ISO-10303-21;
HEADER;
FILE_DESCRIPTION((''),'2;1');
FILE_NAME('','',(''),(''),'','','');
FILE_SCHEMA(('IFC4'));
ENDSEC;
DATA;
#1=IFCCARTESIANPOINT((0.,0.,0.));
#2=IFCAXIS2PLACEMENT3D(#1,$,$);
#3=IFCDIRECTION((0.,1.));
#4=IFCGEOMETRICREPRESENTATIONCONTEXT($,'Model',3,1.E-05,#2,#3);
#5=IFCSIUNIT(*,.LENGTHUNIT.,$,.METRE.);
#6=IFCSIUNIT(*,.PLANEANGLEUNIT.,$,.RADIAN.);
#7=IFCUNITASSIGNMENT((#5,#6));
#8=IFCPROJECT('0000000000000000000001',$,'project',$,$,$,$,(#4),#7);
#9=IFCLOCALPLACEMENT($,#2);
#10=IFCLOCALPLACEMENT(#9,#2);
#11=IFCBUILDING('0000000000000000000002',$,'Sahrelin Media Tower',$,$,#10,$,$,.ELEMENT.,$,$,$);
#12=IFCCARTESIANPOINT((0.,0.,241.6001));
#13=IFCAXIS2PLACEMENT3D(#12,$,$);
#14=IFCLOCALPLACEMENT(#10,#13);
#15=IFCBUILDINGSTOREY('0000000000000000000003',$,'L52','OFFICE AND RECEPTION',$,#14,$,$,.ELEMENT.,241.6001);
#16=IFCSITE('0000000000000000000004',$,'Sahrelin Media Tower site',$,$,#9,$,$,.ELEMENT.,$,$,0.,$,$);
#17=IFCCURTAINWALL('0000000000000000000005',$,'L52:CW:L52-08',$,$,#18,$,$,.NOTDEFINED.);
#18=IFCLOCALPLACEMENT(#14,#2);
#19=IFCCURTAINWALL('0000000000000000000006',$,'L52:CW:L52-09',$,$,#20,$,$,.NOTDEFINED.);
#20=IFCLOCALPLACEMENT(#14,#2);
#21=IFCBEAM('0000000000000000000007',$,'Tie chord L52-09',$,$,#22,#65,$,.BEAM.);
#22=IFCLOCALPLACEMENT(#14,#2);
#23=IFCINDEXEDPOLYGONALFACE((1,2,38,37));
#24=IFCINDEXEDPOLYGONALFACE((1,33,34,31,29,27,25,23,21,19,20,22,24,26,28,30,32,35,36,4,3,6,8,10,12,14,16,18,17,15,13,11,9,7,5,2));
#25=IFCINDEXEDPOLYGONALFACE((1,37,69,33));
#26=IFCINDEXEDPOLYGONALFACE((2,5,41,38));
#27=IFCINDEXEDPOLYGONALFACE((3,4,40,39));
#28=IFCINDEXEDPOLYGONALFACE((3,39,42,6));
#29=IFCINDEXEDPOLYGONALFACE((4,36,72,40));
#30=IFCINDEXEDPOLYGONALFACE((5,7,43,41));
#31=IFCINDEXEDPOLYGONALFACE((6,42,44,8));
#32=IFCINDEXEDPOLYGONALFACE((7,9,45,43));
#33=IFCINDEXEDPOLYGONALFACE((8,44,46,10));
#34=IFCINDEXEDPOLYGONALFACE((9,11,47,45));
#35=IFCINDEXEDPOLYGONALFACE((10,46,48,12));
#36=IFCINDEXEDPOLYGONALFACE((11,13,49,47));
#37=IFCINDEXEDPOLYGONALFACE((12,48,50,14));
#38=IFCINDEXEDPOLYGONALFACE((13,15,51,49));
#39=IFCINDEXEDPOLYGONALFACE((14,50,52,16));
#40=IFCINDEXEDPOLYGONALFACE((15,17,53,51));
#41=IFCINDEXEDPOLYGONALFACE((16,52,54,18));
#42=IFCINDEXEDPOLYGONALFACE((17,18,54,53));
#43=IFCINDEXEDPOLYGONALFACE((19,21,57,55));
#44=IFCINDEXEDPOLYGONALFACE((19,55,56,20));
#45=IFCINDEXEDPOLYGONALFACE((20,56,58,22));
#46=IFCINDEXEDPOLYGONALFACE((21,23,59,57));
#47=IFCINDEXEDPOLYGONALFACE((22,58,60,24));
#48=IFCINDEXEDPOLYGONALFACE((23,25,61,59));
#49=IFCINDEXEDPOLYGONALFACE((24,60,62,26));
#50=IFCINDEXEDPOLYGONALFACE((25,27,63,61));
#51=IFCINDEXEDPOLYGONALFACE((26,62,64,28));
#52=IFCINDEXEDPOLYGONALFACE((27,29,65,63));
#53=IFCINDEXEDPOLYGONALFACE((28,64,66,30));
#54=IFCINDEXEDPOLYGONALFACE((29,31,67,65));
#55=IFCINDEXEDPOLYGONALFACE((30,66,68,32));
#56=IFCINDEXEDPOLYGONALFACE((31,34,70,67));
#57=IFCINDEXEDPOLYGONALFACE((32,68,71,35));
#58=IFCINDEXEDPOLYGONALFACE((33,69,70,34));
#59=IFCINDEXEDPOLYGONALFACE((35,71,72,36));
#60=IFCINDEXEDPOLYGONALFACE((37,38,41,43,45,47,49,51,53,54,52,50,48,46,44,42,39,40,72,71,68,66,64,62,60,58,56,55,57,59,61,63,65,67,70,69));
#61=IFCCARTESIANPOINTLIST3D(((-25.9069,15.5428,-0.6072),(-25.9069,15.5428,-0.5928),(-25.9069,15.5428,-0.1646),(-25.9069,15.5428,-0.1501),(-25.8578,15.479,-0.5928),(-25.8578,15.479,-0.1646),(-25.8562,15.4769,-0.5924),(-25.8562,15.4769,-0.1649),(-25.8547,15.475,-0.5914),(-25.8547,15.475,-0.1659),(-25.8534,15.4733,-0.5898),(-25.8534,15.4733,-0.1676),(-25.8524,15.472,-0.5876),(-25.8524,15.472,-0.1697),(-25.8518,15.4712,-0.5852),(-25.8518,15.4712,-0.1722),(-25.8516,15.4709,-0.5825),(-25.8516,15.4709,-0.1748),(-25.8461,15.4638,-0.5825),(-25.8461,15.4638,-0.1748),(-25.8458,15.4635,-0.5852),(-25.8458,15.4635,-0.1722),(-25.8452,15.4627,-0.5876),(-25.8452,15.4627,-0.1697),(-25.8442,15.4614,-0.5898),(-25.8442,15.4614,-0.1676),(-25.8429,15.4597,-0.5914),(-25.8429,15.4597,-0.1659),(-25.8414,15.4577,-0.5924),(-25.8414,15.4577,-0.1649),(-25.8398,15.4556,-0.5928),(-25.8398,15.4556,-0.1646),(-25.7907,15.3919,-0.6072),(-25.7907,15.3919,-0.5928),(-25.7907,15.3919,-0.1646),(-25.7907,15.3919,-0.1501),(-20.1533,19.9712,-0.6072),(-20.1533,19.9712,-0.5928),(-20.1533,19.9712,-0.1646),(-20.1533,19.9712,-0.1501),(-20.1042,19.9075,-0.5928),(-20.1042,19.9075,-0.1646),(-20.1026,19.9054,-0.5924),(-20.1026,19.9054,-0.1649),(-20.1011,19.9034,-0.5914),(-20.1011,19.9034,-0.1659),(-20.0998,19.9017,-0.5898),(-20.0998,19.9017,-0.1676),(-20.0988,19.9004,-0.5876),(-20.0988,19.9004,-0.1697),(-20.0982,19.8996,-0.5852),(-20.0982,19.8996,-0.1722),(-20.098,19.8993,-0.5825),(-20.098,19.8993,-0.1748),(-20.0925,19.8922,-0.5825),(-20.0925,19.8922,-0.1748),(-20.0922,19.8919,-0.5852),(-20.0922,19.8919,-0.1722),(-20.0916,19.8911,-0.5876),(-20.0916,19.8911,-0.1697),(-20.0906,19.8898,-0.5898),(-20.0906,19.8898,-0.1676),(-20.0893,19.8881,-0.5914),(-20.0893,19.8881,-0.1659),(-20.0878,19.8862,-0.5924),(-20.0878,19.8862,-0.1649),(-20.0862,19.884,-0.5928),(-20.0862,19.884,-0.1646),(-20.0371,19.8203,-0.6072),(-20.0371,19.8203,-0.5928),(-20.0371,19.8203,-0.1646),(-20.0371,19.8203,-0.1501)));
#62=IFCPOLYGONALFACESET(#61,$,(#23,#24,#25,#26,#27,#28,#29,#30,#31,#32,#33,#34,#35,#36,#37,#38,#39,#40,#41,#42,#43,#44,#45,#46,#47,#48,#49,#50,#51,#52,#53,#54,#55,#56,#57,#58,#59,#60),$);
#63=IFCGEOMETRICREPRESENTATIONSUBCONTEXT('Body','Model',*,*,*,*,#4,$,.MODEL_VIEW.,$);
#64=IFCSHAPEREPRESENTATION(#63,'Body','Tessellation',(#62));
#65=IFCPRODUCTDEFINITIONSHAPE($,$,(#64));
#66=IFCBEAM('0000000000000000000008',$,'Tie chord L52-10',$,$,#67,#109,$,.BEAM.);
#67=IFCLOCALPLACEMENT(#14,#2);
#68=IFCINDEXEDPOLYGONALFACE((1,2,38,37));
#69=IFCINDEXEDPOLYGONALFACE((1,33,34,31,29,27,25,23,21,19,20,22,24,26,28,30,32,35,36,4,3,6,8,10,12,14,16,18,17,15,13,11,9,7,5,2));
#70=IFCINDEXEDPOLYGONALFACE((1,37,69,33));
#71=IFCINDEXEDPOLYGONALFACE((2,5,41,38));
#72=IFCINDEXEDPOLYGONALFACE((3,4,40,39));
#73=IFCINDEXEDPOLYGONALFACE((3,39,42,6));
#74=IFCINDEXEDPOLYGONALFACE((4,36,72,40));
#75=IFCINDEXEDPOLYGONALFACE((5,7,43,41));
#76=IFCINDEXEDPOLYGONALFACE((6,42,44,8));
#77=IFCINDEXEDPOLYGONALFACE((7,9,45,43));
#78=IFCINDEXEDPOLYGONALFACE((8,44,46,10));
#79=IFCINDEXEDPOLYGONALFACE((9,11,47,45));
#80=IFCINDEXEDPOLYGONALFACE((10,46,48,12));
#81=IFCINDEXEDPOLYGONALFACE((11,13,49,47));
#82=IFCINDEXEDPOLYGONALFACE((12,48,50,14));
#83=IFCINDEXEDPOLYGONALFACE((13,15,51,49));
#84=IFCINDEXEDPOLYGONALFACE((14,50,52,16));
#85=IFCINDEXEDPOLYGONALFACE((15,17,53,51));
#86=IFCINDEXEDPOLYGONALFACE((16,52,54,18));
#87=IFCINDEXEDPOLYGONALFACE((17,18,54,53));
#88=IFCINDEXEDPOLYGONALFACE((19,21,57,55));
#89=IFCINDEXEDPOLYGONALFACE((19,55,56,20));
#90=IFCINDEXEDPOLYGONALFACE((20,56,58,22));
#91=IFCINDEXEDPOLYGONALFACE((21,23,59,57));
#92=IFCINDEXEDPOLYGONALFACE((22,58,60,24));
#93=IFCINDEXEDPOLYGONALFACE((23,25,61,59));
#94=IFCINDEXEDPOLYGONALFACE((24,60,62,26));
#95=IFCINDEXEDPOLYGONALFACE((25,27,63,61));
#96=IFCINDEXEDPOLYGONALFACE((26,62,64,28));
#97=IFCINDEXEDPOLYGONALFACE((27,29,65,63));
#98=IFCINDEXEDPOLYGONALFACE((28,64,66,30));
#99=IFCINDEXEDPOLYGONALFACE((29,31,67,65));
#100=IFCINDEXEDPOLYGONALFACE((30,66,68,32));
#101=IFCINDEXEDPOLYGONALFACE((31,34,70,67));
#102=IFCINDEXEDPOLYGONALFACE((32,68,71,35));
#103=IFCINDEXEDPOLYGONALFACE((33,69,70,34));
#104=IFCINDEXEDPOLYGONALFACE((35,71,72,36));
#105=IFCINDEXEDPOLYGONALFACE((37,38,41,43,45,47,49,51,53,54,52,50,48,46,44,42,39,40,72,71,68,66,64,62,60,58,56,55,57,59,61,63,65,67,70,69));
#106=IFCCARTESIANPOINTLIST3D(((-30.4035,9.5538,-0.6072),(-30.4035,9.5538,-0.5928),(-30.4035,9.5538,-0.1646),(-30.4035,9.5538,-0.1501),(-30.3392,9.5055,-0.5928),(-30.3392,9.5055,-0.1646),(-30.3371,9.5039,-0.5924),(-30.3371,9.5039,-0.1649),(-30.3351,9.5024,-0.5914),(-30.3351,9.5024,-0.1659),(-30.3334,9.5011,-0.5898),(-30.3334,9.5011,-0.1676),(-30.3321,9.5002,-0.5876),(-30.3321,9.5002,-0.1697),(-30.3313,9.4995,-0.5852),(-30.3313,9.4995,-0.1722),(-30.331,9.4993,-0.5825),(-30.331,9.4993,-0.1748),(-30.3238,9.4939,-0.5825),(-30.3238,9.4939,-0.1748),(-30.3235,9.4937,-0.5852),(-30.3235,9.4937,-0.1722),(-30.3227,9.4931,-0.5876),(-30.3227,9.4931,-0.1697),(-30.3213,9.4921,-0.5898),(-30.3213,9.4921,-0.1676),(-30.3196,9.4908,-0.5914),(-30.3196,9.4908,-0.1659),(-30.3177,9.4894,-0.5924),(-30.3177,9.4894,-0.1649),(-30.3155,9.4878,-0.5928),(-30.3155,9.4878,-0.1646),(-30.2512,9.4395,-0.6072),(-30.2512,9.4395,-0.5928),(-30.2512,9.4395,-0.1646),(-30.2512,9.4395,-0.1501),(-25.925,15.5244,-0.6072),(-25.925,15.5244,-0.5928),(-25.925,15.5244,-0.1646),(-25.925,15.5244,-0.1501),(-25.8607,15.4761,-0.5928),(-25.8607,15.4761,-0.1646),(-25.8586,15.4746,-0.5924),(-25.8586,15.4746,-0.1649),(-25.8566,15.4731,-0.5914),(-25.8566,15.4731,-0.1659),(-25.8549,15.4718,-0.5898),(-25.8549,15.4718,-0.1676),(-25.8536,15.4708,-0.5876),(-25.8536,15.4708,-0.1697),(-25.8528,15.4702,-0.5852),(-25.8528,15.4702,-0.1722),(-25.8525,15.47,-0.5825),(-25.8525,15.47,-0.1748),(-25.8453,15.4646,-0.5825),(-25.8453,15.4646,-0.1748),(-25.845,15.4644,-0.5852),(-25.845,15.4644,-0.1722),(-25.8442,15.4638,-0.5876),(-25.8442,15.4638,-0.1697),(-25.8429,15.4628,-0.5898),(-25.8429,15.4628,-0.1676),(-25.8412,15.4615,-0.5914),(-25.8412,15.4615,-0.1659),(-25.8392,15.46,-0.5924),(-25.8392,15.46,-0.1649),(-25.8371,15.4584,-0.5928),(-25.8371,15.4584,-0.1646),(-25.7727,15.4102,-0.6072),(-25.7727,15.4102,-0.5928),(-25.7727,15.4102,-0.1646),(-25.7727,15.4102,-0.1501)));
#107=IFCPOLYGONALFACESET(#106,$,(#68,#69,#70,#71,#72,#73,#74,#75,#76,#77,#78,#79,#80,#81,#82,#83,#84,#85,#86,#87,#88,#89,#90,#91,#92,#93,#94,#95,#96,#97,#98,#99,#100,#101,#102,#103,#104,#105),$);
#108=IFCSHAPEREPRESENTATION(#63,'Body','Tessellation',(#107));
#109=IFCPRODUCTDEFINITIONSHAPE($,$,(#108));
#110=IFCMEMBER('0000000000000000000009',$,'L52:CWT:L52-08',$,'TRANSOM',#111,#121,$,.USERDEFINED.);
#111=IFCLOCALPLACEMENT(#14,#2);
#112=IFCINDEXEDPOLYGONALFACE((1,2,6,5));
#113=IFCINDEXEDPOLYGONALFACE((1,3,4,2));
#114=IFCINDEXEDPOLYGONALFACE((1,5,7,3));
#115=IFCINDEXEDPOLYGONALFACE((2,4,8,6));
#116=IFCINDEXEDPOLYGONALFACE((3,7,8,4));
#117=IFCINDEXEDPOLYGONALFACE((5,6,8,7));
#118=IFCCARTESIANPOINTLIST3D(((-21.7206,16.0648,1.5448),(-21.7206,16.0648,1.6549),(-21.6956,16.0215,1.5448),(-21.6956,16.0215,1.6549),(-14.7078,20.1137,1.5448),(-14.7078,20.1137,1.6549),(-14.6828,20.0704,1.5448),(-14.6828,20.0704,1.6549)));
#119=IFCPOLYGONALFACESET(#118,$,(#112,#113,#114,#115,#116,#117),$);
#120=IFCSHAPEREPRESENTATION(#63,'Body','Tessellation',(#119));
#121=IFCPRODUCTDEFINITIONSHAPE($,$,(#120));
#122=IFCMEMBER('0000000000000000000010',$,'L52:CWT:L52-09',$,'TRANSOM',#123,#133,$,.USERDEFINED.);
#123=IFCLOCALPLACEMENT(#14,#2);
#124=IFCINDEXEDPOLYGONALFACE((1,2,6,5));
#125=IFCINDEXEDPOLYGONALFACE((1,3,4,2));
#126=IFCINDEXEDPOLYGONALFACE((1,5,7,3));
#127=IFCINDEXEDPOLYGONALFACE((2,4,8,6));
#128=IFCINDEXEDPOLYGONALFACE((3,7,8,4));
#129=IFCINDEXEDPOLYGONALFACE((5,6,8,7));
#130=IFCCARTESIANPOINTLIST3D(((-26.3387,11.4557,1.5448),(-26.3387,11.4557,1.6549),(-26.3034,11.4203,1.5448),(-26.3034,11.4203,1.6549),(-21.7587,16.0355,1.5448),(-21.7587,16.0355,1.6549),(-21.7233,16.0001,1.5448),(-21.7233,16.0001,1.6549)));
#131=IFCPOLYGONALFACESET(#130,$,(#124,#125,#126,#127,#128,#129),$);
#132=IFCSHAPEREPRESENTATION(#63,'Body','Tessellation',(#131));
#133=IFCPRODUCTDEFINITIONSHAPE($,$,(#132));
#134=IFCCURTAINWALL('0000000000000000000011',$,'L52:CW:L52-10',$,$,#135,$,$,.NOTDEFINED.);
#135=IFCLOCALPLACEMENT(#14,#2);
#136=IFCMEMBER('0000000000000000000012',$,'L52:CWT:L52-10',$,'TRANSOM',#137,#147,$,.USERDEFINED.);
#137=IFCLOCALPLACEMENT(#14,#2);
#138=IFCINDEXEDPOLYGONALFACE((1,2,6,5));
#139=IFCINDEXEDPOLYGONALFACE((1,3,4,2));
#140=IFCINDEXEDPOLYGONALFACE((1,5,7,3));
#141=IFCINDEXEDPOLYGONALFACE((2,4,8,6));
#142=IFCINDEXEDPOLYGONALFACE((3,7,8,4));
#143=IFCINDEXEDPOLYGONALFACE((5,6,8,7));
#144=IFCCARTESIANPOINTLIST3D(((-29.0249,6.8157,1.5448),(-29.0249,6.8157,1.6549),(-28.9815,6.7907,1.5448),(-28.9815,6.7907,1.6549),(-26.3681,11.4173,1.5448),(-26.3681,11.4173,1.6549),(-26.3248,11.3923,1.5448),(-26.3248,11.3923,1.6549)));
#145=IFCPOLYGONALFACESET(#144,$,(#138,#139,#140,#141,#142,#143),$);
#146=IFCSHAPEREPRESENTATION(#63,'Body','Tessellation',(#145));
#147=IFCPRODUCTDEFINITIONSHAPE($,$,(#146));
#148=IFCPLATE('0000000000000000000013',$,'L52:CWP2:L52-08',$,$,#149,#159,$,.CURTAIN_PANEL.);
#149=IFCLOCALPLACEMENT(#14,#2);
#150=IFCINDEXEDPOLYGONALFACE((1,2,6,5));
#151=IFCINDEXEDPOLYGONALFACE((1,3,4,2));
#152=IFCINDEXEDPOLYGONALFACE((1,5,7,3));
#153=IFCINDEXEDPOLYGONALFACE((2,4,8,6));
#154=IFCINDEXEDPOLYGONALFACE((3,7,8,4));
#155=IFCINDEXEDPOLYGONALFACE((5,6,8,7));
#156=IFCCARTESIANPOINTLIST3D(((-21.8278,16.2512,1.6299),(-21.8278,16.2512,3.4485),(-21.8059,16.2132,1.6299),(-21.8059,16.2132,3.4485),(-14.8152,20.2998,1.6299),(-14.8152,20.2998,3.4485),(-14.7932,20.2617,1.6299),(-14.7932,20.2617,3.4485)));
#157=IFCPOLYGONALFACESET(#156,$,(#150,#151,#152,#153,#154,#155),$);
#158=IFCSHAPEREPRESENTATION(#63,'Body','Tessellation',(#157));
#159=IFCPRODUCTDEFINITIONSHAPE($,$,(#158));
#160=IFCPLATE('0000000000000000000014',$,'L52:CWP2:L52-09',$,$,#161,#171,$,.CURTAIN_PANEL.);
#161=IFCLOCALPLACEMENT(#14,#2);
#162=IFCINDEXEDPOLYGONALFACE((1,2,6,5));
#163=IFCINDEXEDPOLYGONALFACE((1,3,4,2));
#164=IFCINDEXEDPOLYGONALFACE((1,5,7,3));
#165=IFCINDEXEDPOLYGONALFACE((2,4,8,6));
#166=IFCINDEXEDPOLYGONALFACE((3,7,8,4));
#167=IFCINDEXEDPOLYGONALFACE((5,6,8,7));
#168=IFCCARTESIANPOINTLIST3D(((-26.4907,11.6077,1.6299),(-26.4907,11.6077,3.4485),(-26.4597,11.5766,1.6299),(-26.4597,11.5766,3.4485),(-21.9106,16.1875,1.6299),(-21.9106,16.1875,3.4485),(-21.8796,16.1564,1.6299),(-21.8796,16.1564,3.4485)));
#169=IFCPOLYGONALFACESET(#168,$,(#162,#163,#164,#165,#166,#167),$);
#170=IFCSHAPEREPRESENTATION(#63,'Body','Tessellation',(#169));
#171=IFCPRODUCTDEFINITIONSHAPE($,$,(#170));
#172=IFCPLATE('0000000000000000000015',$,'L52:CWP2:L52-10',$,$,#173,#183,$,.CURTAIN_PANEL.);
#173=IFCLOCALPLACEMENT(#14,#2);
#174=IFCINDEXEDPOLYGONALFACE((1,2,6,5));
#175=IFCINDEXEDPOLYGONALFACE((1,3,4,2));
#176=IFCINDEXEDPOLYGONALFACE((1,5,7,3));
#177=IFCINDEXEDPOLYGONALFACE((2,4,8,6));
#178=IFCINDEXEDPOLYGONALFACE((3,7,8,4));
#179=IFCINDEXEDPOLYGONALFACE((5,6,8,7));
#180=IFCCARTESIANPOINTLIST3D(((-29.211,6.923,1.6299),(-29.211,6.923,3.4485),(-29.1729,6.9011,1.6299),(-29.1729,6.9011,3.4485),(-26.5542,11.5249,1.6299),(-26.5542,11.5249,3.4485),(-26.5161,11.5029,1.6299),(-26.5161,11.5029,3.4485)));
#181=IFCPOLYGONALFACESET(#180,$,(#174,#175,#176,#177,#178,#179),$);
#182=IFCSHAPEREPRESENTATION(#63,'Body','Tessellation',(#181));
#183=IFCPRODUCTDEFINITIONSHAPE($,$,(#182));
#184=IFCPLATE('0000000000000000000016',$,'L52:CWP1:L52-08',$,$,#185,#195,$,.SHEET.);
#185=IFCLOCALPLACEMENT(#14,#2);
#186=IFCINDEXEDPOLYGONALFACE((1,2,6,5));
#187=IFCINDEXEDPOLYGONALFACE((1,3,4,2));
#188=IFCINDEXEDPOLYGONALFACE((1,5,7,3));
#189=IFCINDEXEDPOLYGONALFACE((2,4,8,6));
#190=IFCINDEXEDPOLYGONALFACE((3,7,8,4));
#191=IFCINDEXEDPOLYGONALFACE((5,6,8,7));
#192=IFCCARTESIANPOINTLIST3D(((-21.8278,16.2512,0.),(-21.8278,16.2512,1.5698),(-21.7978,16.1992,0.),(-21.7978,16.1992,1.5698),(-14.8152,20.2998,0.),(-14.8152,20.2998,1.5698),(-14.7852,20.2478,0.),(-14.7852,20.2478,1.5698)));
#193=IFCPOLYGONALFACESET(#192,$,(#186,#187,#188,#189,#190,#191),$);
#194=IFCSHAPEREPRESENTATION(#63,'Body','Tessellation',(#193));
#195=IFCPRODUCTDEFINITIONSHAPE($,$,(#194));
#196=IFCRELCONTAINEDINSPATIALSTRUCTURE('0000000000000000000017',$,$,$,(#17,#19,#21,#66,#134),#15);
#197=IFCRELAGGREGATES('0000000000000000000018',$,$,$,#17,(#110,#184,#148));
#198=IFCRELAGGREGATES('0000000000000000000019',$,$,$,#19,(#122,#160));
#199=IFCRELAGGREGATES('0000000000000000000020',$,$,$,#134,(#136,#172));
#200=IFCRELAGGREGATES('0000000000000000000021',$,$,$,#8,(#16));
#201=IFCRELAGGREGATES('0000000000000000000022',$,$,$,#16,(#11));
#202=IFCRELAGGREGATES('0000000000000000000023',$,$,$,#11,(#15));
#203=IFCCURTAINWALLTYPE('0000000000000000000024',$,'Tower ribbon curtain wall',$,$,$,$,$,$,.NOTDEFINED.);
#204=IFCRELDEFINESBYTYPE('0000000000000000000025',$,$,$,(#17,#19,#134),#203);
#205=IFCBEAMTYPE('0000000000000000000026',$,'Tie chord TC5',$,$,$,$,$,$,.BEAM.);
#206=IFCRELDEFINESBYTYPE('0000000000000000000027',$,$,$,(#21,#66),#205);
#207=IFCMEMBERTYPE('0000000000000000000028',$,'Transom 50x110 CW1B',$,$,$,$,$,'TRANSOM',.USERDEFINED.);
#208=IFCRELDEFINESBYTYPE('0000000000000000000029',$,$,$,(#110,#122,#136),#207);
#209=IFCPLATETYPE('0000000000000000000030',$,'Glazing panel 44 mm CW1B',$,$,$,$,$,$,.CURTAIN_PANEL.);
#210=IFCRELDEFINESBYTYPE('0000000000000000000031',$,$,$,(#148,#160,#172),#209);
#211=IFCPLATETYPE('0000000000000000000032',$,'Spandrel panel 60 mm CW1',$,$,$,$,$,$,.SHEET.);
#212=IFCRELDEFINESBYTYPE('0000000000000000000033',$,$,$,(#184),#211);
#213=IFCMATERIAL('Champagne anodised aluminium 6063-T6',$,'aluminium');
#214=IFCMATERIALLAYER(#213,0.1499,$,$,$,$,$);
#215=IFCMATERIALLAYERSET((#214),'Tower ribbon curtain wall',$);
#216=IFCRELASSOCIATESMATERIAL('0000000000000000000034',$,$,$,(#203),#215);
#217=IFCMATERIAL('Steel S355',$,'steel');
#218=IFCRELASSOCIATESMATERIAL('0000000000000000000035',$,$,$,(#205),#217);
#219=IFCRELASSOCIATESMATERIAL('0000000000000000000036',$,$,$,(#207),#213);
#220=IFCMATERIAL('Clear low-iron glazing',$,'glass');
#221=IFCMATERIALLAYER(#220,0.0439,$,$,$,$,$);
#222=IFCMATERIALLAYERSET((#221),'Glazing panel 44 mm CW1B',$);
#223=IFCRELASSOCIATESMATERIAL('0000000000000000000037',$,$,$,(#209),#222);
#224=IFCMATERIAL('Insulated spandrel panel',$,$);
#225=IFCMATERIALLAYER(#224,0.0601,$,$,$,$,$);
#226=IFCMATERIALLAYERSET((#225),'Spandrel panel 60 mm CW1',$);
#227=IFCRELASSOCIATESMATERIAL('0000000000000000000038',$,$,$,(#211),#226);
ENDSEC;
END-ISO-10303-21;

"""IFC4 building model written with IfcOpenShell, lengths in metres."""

from ifc_helpers import new_model, si_unit, direction, frame, origin, origin_2d, place, context, subcontext, project, spatial, polyline, rectangle, i_section, outline, extrude, material, layer, layer_set, material_profile, profile_set, type_object, element, aggregate, save


model = new_model("IFC4")

# Units and contexts
model_context = context("Model", 3, precision=1e-05, world=origin(), true_north=direction((0.0, 1.0)))
body_context = subcontext(model_context, "Body", "Model", "MODEL_VIEW")
ifc_project = project(units=[si_unit("LENGTHUNIT", "METRE"), si_unit("PLANEANGLEUNIT", "RADIAN")], contexts=[model_context])

# Site, building, storey
site_placement = place(None, origin())
site = spatial("IfcSite", under=ifc_project, at=site_placement, Name="Sahrelin Media Tower site", CompositionType="ELEMENT", RefElevation=0.0)
building_placement = place(site_placement, origin())
building = spatial("IfcBuilding", under=site, at=building_placement, Name="Sahrelin Media Tower", CompositionType="ELEMENT")
storey_placement = place(building_placement, frame((0.0, 0.0, 241.6001)))
storey = spatial("IfcBuildingStorey", under=building, at=storey_placement, Name="L52", Description="OFFICE AND RECEPTION", CompositionType="ELEMENT", Elevation=241.6001)

# Shared definitions
ifc_material_1 = material(Name="Steel S355", Category="steel")

# Curtain walls
ifc_material_2 = material(Name="Champagne anodised aluminium 6063-T6", Category="aluminium")
ifc_layer_1 = layer(ifc_material_2, 0.1499)
ifc_layer_set_1 = layer_set([ifc_layer_1], Name="Tower ribbon curtain wall")
curtain_wall_type = type_object("IfcCurtainWallType", Name="Tower ribbon curtain wall", PredefinedType="NOTDEFINED", material=ifc_layer_set_1)
curtain_wall_1_placement = place(storey_placement, frame((-18.3115, 18.2581, 0.0), z_axis=(0.0, 0.0, 1.0), x_axis=(1.0, 0.0, 0.0)))
curtain_wall_1 = element("IfcCurtainWall", 1, at=curtain_wall_1_placement, inside=storey, type_object=curtain_wall_type, Name="L52:CW:L52-08", PredefinedType="NOTDEFINED")
curtain_wall_2_placement = place(storey_placement, frame((-24.1865, 13.8833, 0.0), z_axis=(0.0, 0.0, 1.0), x_axis=(1.0, 0.0, 0.0)))
curtain_wall_2 = element("IfcCurtainWall", 2, at=curtain_wall_2_placement, inside=storey, type_object=curtain_wall_type, Name="L52:CW:L52-09", PredefinedType="NOTDEFINED")

# Beams
ifc_material_profile_1 = material_profile(ifc_material_1, i_section(OverallWidth=0.1904, OverallDepth=0.457, WebThickness=0.009, FlangeThickness=0.0144, FilletRadius=0.0103, at=origin_2d()), Name="UB 457x191x74")
ifc_profile_set_1 = profile_set([ifc_material_profile_1], Name="Steel S355")
beam_type_1 = type_object("IfcBeamType", Name="Tie chord TC5", PredefinedType="BEAM", material=ifc_profile_set_1)
beam_1_placement = place(storey_placement, frame((-20.0952, 19.8958, -0.3787), z_axis=(-0.792453, -0.609933, 0.0), x_axis=(0.609933, -0.792453, 0.0)))
element("IfcBeam", 3, at=beam_1_placement, inside=storey, type_object=beam_type_1, Name="Tie chord L52-09", PredefinedType="BEAM", context=body_context, shape_type="SweptSolid", body=[
    extrude(i_section(OverallWidth=0.1904, OverallDepth=0.457, WebThickness=0.009, FlangeThickness=0.0144, FilletRadius=0.0103, at=origin_2d()), origin(), (0.0, 0.0, 1.0), 7.2605),
])
beam_2_placement = place(storey_placement, frame((-25.8489, 15.4673, -0.3787), z_axis=(-0.600042, -0.799969, 0.0), x_axis=(0.799969, -0.600042, 0.0)))
element("IfcBeam", 4, at=beam_2_placement, inside=storey, type_object=beam_type_1, Name="Tie chord L52-10", PredefinedType="BEAM", context=body_context, shape_type="SweptSolid", body=[
    extrude(i_section(OverallWidth=0.1904, OverallDepth=0.457, WebThickness=0.009, FlangeThickness=0.0144, FilletRadius=0.0103, at=origin_2d()), origin(), (0.0, 0.0, 1.0), 7.4636),
])

# Members
ifc_material_profile_2 = material_profile(ifc_material_2, rectangle(XDim=0.05, YDim=0.1101, at=origin_2d()), Name="Transom 50x110")
ifc_profile_set_2 = profile_set([ifc_material_profile_2], Name="Champagne anodised aluminium 6063-T6")
member_type_1 = type_object("IfcMemberType", Name="Transom 50x110 CW1B", ElementType="TRANSOM", PredefinedType="USERDEFINED", material=ifc_profile_set_2)
member_1_placement = place(storey_placement, frame((-14.6953, 20.092, 1.5999), z_axis=(-0.866023, -0.500004, 0.0), x_axis=(0.500004, -0.866023, 0.0)))
member_1 = element("IfcMember", 5, at=member_1_placement, type_object=member_type_1, Name="L52:CWT:L52-08", ObjectType="TRANSOM", PredefinedType="USERDEFINED", context=body_context, shape_type="SweptSolid", body=[
    extrude(rectangle(XDim=0.05, YDim=0.1101, at=origin_2d()), origin(), (0.0, 0.0, 1.0), 8.0977),
])
member_2_placement = place(storey_placement, frame((-21.741, 16.0178, 1.5999), z_axis=(-0.707126, -0.707088, 0.0), x_axis=(0.707088, -0.707126, 0.0)))
member_2 = element("IfcMember", 6, at=member_2_placement, type_object=member_type_1, Name="L52:CWT:L52-09", ObjectType="TRANSOM", PredefinedType="USERDEFINED", context=body_context, shape_type="SweptSolid", body=[
    extrude(rectangle(XDim=0.05, YDim=0.1101, at=origin_2d()), origin(), (0.0, 0.0, 1.0), 6.4771),
])

# Curtain wall, member
curtain_wall_3_placement = place(storey_placement, frame((-27.8652, 9.2141, 0.0), z_axis=(0.0, 0.0, 1.0), x_axis=(1.0, 0.0, 0.0)))
curtain_wall_3 = element("IfcCurtainWall", 7, at=curtain_wall_3_placement, inside=storey, type_object=curtain_wall_type, Name="L52:CW:L52-10", PredefinedType="NOTDEFINED")
member_3_placement = place(storey_placement, frame((-26.3464, 11.4048, 1.5999), z_axis=(-0.500004, -0.866023, 0.0), x_axis=(0.866023, -0.500004, 0.0)))
member_3 = element("IfcMember", 8, at=member_3_placement, type_object=member_type_1, Name="L52:CWT:L52-10", ObjectType="TRANSOM", PredefinedType="USERDEFINED", context=body_context, shape_type="SweptSolid", body=[
    extrude(rectangle(XDim=0.05, YDim=0.1101, at=origin_2d()), origin(), (0.0, 0.0, 1.0), 5.3135),
])

# Plates
ifc_material_3 = material(Name="Clear low-iron glazing", Category="glass")
ifc_layer_2 = layer(ifc_material_3, 0.0439)
ifc_layer_set_2 = layer_set([ifc_layer_2], Name="Glazing panel 44 mm CW1B")
plate_type_1 = type_object("IfcPlateType", Name="Glazing panel 44 mm CW1B", PredefinedType="CURTAIN_PANEL", material=ifc_layer_set_2)
plate_1_placement = place(storey_placement, frame((-14.8152, 20.2998, 1.6299), z_axis=(-0.499982, 0.866036, 0.0), x_axis=(-0.866036, -0.499982, 0.0)))
plate_1 = element("IfcPlate", 9, at=plate_1_placement, type_object=plate_type_1, Name="L52:CWP2:L52-08", PredefinedType="CURTAIN_PANEL", context=body_context, shape_type="SweptSolid", body=[
    extrude(outline(polyline([(0.0, 0.0), (8.0974, 0.0), (8.0974, 1.8186), (0.0, 1.8186), (0.0, 0.0)])), origin(), (0.0, 0.0, -1.0), 0.0439),
])
plate_2_placement = place(storey_placement, frame((-21.9106, 16.1875, 1.6299), z_axis=(-0.707088, 0.707126, 0.0), x_axis=(-0.707126, -0.707088, 0.0)))
plate_2 = element("IfcPlate", 10, at=plate_2_placement, type_object=plate_type_1, Name="L52:CWP2:L52-09", PredefinedType="CURTAIN_PANEL", context=body_context, shape_type="SweptSolid", body=[
    extrude(outline(polyline([(0.0, 0.0), (6.4771, 0.0), (6.4771, 1.8186), (0.0, 1.8186), (0.0, 0.0)])), origin(), (0.0, 0.0, -1.0), 0.0439),
])
plate_3_placement = place(storey_placement, frame((-26.5542, 11.5249, 1.6299), z_axis=(-0.866035, 0.499984, 0.0), x_axis=(-0.499984, -0.866035, 0.0)))
plate_3 = element("IfcPlate", 11, at=plate_3_placement, type_object=plate_type_1, Name="L52:CWP2:L52-10", PredefinedType="CURTAIN_PANEL", context=body_context, shape_type="SweptSolid", body=[
    extrude(outline(polyline([(0.0, 0.0), (5.3137, 0.0), (5.3137, 1.8186), (0.0, 1.8186), (0.0, 0.0)])), origin(), (0.0, 0.0, -1.0), 0.0439),
])
ifc_material_4 = material(Name="Insulated spandrel panel")
ifc_layer_3 = layer(ifc_material_4, 0.0601)
ifc_layer_set_3 = layer_set([ifc_layer_3], Name="Spandrel panel 60 mm CW1")
plate_type_2 = type_object("IfcPlateType", Name="Spandrel panel 60 mm CW1", PredefinedType="SHEET", material=ifc_layer_set_3)
plate_4_placement = place(storey_placement, frame((-14.8152, 20.2998, 0.0), z_axis=(-0.499982, 0.866036, 0.0), x_axis=(-0.866036, -0.499982, 0.0)))
plate_4 = element("IfcPlate", 12, at=plate_4_placement, type_object=plate_type_2, Name="L52:CWP1:L52-08", PredefinedType="SHEET", context=body_context, shape_type="SweptSolid", body=[
    extrude(outline(polyline([(0.0, 0.0), (8.0974, 0.0), (8.0974, 1.5698), (0.0, 1.5698), (0.0, 0.0)])), origin(), (0.0, 0.0, -1.0), 0.0601),
])
aggregate(curtain_wall_1, [member_1, plate_4, plate_1])
aggregate(curtain_wall_2, [member_2, plate_2])
aggregate(curtain_wall_3, [member_3, plate_3])

save(model, "model.ifc")
